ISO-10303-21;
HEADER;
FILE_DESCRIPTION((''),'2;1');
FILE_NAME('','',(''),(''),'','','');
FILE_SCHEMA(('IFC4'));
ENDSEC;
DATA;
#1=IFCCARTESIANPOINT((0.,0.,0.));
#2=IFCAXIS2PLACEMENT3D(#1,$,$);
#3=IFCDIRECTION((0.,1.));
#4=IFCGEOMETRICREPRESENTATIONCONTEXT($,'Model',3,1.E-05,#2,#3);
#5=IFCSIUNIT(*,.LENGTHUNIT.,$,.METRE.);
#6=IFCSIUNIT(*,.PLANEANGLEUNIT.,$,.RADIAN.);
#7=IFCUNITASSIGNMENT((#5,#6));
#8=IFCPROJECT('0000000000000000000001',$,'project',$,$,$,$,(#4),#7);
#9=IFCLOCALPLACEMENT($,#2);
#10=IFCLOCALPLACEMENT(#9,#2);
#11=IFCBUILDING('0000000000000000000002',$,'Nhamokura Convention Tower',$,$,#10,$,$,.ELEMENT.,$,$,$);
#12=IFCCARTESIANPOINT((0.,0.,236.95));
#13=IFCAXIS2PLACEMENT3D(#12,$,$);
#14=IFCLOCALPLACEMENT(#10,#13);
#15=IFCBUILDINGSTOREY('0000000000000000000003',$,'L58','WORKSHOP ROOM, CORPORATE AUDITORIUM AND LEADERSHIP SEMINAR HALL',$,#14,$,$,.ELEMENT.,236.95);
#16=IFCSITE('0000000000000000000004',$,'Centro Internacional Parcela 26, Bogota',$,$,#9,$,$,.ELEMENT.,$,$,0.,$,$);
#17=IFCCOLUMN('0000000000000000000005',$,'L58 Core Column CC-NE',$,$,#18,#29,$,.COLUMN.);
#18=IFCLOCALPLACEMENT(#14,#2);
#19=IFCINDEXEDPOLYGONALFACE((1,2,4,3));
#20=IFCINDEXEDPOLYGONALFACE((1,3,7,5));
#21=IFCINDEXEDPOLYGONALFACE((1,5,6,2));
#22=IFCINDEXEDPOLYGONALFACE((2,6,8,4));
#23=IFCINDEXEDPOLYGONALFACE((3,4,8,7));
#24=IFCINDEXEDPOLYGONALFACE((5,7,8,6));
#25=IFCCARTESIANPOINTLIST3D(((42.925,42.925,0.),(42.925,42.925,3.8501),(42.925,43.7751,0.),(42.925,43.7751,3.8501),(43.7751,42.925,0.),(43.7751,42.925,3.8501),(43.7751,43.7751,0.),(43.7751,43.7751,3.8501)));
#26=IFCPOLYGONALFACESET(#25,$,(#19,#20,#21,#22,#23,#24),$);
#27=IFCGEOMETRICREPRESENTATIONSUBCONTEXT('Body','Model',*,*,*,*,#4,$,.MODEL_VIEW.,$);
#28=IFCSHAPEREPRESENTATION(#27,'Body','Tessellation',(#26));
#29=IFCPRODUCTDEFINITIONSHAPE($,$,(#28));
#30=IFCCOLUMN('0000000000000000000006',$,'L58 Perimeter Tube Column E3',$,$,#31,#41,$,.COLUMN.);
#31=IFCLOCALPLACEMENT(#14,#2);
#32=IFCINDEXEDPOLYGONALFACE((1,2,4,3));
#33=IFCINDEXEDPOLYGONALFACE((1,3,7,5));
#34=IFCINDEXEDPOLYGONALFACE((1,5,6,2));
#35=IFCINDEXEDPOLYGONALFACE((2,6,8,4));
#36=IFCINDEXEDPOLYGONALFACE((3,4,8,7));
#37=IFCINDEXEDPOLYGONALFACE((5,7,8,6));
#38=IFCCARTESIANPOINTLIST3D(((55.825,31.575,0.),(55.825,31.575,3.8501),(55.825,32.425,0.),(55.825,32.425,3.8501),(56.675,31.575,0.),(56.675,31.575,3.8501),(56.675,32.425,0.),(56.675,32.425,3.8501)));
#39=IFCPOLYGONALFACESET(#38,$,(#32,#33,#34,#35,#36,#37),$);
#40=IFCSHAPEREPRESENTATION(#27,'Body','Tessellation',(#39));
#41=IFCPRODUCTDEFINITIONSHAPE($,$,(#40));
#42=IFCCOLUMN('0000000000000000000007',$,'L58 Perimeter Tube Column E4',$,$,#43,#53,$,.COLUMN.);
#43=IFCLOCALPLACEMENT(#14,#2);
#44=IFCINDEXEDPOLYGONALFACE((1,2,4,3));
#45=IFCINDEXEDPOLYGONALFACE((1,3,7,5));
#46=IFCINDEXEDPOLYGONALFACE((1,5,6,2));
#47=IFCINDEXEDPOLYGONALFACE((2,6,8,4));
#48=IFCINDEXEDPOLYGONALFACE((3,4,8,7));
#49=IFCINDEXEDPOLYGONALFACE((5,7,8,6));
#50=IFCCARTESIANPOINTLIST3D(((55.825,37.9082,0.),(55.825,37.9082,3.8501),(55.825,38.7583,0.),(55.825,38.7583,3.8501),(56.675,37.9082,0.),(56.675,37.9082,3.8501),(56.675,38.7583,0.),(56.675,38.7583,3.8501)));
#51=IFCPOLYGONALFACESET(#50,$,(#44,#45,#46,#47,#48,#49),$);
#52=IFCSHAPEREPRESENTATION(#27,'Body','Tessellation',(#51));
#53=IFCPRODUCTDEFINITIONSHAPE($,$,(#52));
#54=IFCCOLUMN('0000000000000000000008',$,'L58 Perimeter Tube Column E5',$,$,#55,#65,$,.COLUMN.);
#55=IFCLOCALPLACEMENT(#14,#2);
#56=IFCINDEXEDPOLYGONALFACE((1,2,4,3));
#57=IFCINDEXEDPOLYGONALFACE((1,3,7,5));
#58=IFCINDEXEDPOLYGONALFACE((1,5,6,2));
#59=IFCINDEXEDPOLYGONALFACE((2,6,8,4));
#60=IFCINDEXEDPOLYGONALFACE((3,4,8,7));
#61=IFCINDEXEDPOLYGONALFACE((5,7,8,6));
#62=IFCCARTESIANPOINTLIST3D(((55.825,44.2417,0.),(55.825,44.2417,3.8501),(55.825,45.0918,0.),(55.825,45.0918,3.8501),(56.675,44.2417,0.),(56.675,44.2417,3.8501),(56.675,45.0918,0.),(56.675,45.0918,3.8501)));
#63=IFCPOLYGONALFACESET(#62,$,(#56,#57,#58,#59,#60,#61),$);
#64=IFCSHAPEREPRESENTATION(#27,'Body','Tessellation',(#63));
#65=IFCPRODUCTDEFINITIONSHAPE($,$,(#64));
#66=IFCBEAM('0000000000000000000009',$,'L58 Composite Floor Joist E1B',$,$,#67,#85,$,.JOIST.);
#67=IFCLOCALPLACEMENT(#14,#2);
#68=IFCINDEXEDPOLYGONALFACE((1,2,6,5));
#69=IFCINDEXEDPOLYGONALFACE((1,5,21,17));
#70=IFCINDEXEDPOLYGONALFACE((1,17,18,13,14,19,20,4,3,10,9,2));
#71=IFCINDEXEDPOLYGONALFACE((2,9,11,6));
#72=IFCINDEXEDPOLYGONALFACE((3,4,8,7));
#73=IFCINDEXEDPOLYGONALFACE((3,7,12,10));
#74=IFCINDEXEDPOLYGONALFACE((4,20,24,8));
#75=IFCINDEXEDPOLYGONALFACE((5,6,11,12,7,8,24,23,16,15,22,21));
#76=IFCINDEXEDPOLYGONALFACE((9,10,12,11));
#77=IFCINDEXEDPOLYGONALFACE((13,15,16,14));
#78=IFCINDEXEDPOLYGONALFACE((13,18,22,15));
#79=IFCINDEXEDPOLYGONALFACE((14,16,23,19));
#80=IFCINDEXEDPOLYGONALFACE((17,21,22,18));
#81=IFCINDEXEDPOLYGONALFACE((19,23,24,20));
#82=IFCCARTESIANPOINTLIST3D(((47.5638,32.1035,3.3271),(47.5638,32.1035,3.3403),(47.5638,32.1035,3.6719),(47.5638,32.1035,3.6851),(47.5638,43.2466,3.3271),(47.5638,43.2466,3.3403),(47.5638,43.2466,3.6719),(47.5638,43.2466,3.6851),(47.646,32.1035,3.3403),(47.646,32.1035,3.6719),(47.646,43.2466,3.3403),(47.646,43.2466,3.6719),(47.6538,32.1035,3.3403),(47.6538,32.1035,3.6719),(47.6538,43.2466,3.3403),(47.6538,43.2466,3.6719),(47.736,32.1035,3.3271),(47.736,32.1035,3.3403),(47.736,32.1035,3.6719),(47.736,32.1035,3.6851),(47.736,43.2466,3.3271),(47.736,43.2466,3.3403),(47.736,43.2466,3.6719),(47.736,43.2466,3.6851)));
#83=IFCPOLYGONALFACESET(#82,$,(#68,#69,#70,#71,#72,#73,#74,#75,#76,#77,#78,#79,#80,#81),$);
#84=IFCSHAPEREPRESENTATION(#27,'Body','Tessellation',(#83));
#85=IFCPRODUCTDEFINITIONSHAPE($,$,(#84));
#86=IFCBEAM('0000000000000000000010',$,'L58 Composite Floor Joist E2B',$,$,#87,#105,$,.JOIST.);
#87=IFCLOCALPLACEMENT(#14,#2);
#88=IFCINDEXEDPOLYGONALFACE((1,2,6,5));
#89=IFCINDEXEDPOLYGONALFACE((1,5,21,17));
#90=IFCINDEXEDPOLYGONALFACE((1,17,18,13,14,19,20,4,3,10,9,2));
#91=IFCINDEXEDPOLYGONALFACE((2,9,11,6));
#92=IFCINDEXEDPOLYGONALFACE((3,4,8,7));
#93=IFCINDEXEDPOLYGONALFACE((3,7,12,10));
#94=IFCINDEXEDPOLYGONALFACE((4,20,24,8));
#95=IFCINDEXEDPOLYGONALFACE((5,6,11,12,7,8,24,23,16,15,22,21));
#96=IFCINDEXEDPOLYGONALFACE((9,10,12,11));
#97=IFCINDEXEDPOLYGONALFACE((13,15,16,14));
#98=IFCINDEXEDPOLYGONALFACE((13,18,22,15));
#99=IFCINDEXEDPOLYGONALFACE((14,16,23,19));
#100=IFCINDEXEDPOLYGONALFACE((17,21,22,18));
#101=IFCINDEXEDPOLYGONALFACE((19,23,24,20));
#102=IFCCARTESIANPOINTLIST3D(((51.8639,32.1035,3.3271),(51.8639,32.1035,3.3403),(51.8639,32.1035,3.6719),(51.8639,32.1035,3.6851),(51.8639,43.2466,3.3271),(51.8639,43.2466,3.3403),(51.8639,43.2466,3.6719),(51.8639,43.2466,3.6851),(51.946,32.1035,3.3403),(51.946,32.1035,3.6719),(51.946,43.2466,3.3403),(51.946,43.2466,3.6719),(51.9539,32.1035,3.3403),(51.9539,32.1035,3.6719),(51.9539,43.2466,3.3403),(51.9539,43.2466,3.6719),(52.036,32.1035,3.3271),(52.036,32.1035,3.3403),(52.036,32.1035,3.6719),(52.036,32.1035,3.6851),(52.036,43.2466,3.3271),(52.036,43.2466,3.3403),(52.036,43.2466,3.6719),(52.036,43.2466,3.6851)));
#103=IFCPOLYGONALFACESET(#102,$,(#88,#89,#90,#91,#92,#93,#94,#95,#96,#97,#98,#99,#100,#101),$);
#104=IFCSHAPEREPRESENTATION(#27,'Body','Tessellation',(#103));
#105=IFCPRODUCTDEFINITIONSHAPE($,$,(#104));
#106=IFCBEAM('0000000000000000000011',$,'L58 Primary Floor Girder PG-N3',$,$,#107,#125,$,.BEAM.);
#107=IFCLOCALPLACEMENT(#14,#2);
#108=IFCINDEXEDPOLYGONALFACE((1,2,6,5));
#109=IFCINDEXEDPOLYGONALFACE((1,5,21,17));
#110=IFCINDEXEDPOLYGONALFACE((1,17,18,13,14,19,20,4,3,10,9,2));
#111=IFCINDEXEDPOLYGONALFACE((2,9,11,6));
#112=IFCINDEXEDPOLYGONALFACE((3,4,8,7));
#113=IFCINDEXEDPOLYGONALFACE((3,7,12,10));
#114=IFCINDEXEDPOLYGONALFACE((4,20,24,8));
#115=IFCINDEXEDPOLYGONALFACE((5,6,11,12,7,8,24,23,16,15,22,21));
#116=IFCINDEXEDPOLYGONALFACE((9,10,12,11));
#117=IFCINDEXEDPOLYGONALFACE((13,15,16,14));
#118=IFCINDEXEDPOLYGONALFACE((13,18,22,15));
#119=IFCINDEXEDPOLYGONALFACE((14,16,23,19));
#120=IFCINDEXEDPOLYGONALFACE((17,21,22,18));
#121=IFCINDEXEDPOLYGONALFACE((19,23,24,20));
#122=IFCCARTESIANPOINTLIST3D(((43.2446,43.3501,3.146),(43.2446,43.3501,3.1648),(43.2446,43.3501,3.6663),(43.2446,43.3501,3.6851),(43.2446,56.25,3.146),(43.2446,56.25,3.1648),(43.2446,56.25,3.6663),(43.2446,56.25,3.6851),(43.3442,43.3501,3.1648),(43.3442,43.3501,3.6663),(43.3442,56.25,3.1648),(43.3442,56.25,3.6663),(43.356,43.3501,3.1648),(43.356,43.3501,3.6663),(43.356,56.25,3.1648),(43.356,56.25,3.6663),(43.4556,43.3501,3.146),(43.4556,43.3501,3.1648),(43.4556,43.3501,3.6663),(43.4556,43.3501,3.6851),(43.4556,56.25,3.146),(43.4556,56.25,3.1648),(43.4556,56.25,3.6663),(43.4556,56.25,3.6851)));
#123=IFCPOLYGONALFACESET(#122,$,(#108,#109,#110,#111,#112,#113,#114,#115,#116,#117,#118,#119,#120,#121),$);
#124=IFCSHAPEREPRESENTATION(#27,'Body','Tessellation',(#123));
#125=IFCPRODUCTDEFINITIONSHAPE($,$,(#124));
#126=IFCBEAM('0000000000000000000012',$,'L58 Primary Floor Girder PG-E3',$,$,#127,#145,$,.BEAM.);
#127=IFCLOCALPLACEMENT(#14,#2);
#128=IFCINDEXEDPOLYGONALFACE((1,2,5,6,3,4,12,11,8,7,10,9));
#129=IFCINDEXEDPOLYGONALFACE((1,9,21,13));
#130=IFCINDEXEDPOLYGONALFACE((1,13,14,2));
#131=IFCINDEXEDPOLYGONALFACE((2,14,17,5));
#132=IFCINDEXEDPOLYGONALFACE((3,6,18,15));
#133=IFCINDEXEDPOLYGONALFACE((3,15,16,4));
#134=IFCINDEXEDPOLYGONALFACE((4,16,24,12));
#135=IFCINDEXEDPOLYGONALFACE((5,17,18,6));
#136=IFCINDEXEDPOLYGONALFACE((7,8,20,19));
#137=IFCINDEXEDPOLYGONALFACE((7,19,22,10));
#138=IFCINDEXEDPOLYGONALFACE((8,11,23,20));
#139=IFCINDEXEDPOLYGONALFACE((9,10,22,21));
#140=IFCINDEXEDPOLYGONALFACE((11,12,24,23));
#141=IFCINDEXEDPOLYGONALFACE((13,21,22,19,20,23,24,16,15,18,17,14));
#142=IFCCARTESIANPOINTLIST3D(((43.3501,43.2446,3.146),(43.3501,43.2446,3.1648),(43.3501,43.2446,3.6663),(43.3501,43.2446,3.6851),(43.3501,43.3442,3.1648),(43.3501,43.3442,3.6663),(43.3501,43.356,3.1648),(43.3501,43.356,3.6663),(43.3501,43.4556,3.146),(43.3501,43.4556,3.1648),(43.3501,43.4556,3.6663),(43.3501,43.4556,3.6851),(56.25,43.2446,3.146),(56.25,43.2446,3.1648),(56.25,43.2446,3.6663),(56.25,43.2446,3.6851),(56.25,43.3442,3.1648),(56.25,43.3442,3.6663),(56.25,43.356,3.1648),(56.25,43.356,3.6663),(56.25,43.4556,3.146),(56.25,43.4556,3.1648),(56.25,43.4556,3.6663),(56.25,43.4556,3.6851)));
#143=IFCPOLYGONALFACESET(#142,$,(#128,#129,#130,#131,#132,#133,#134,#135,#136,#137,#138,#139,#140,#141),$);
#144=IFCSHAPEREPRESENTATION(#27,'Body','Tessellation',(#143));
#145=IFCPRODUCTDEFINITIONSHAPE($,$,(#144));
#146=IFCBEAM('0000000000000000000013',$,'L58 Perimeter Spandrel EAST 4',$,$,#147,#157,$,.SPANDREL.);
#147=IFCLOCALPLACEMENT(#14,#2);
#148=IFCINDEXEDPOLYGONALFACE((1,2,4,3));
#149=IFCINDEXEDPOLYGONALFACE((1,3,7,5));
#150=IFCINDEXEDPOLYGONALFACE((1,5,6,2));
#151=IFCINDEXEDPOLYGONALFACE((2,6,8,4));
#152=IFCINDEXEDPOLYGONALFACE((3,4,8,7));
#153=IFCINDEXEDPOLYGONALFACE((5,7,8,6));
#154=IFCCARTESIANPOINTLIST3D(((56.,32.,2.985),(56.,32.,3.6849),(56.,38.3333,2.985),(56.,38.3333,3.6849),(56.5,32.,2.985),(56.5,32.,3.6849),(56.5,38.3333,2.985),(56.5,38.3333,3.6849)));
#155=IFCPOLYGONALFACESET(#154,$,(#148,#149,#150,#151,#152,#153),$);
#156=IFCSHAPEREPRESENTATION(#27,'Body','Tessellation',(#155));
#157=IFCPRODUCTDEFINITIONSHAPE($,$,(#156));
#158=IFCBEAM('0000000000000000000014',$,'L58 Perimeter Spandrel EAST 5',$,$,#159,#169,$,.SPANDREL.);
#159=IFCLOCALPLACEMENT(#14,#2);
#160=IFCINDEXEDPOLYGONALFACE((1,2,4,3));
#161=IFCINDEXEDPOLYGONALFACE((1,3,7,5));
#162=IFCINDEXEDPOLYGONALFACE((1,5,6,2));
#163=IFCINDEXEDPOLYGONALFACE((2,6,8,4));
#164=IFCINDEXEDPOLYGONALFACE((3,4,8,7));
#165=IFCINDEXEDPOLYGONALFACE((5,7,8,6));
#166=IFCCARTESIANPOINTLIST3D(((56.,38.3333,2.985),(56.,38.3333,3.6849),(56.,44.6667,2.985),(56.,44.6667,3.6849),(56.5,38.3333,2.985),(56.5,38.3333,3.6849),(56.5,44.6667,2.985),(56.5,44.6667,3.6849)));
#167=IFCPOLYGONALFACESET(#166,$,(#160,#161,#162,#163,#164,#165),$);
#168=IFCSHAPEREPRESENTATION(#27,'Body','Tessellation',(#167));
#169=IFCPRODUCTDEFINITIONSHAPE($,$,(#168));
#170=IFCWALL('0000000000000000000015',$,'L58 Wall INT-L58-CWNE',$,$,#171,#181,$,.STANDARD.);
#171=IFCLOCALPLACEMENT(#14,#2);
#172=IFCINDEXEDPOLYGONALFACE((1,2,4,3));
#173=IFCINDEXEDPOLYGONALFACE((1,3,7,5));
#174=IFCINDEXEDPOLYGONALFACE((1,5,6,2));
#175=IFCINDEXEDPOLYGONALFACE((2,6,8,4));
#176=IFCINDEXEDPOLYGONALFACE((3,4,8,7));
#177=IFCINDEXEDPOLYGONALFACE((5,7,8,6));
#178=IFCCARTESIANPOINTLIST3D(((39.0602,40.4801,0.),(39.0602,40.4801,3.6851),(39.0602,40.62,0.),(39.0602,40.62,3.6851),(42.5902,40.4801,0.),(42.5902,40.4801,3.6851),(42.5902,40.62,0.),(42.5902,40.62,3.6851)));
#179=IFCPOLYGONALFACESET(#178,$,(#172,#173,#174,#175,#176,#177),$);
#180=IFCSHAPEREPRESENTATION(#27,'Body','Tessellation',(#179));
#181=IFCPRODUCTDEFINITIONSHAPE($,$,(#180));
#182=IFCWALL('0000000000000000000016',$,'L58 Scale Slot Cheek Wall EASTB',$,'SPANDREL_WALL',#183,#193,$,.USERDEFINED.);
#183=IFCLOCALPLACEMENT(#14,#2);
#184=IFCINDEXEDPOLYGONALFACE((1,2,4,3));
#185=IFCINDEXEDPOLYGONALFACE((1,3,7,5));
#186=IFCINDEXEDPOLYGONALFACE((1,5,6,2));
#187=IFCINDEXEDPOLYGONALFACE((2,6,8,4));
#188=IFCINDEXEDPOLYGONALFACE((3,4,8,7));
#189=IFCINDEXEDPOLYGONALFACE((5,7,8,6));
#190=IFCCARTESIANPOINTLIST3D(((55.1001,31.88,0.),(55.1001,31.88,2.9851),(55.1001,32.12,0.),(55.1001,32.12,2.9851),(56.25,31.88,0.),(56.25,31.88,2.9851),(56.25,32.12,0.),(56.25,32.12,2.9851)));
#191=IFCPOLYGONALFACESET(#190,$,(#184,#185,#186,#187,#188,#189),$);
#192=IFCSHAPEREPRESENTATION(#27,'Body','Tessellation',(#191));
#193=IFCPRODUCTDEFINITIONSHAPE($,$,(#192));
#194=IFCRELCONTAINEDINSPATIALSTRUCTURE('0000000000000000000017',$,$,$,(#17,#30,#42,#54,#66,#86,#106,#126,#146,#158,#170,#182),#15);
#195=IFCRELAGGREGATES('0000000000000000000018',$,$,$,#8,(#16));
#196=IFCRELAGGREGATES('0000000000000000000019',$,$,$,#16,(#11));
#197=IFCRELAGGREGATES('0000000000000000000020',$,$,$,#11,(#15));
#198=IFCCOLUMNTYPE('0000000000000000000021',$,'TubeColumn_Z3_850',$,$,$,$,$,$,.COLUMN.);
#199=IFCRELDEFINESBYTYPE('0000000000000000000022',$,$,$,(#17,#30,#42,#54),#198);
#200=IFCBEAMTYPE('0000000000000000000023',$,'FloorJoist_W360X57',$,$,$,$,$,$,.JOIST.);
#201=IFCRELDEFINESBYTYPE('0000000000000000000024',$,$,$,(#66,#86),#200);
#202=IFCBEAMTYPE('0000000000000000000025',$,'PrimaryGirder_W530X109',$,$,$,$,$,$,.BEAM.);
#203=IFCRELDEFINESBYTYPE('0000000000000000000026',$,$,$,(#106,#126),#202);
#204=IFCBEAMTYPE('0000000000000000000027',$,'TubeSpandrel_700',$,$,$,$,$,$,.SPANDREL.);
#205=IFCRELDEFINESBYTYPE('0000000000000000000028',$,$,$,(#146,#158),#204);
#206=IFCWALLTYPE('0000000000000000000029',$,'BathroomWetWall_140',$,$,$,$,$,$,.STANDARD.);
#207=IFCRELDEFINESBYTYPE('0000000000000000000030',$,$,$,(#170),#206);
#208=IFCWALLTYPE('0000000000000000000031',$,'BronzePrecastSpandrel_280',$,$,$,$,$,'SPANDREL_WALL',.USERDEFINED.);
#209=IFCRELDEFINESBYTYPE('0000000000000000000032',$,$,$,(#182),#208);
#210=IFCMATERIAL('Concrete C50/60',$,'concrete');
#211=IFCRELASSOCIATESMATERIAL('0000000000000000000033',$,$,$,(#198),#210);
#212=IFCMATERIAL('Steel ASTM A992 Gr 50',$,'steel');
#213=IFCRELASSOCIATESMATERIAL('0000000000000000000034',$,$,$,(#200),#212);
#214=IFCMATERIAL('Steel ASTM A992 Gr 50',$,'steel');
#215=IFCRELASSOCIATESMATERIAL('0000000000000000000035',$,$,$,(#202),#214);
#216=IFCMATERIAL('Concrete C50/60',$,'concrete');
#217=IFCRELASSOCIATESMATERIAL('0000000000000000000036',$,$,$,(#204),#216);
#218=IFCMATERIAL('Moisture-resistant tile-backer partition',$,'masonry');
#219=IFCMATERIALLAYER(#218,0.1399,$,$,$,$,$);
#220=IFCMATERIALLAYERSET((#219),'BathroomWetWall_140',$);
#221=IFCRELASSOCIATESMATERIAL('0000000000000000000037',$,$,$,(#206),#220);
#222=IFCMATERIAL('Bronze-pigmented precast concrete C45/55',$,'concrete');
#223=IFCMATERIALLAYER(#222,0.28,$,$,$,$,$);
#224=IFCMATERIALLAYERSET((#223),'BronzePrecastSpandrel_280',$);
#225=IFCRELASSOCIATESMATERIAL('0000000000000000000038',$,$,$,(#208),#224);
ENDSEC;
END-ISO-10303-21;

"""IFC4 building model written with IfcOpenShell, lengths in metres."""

from ifc_helpers import new_model, si_unit, direction, frame, frame_2d, origin, origin_2d, place, context, subcontext, project, spatial, rectangle, i_section, extrude, material, layer, layer_set, material_profile, profile_set, type_object, element, save


model = new_model("IFC4")

# Units and contexts
model_context = context("Model", 3, precision=1e-05, world=origin(), true_north=direction((0.0, 1.0)))
body_context = subcontext(model_context, "Body", "Model", "MODEL_VIEW")
ifc_project = project(units=[si_unit("LENGTHUNIT", "METRE"), si_unit("PLANEANGLEUNIT", "RADIAN")], contexts=[model_context])

# Site, building, storey
site_placement = place(None, origin())
site = spatial("IfcSite", under=ifc_project, at=site_placement, Name="Centro Internacional Parcela 26, Bogota", CompositionType="ELEMENT", RefElevation=0.0)
building_placement = place(site_placement, origin())
building = spatial("IfcBuilding", under=site, at=building_placement, Name="Nhamokura Convention Tower", CompositionType="ELEMENT")
storey_placement = place(building_placement, frame((0.0, 0.0, 236.95)))
storey = spatial("IfcBuildingStorey", under=building, at=storey_placement, Name="L58", Description="WORKSHOP ROOM, CORPORATE AUDITORIUM AND LEADERSHIP SEMINAR HALL", CompositionType="ELEMENT", Elevation=236.95)

# Columns
ifc_material_1 = material(Name="Concrete C50/60", Category="concrete")
ifc_material_profile_1 = material_profile(ifc_material_1, rectangle(XDim=0.8501, YDim=0.8501, at=origin_2d()))
ifc_profile_set_1 = profile_set([ifc_material_profile_1], Name="Concrete C50/60")
column_type = type_object("IfcColumnType", Name="TubeColumn_Z3_850", PredefinedType="COLUMN", material=ifc_profile_set_1)
for number, where, z_axis, x_axis, name in (
    (1, (43.3501, 43.3501, 0.0), (0.0, 0.0, 1.0), (1.0, 0.0, 0.0), "L58 Core Column CC-NE"),
    (2, (56.25, 32.0, 0.0), (0.0, 0.0, 1.0), (1.0, 0.0, 0.0), "L58 Perimeter Tube Column E3"),
    (3, (56.25, 38.3333, 0.0), (0.0, 0.0, 1.0), (1.0, 0.0, 0.0), "L58 Perimeter Tube Column E4"),
    (4, (56.25, 44.6667, 0.0), (0.0, 0.0, 1.0), (1.0, 0.0, 0.0), "L58 Perimeter Tube Column E5"),
):
    element("IfcColumn", number, at=place(storey_placement, frame(where, z_axis=z_axis, x_axis=x_axis)), inside=storey, type_object=column_type, Name=name, PredefinedType="COLUMN", context=body_context, shape_type="SweptSolid", body=[
        extrude(rectangle(XDim=0.8501, YDim=0.8501, at=origin_2d()), origin(), (0.0, 0.0, 1.0), 3.8501),
    ])

# Beams
ifc_material_2 = material(Name="Steel ASTM A992 Gr 50", Category="steel")
ifc_material_profile_2 = material_profile(ifc_material_2, i_section(OverallWidth=0.1721, OverallDepth=0.3579, WebThickness=0.0078, FlangeThickness=0.0132, at=origin_2d()))
ifc_profile_set_2 = profile_set([ifc_material_profile_2], Name="Steel ASTM A992 Gr 50")
beam_type_1 = type_object("IfcBeamType", Name="FloorJoist_W360X57", PredefinedType="JOIST", material=ifc_profile_set_2)
for number, where, z_axis, x_axis, name in (
    (5, (47.6499, 32.1035, 3.5061), (0.0, 1.0, 0.0), (-1.0, 0.0, 0.0), "L58 Composite Floor Joist E1B"),
    (6, (51.95, 32.1035, 3.5061), (0.0, 1.0, 0.0), (-1.0, 0.0, 0.0), "L58 Composite Floor Joist E2B"),
):
    element("IfcBeam", number, at=place(storey_placement, frame(where, z_axis=z_axis, x_axis=x_axis)), inside=storey, type_object=beam_type_1, Name=name, PredefinedType="JOIST", context=body_context, shape_type="SweptSolid", body=[
        extrude(i_section(OverallWidth=0.1721, OverallDepth=0.3579, WebThickness=0.0078, FlangeThickness=0.0132, at=origin_2d()), origin(), (0.0, 0.0, 1.0), 11.1431),
    ])
ifc_material_3 = material(Name="Steel ASTM A992 Gr 50", Category="steel")
ifc_material_profile_3 = material_profile(ifc_material_3, i_section(OverallWidth=0.2109, OverallDepth=0.5391, WebThickness=0.0117, FlangeThickness=0.0188, at=origin_2d()))
ifc_profile_set_3 = profile_set([ifc_material_profile_3], Name="Steel ASTM A992 Gr 50")
beam_type_2 = type_object("IfcBeamType", Name="PrimaryGirder_W530X109", PredefinedType="BEAM", material=ifc_profile_set_3)
for number, where, z_axis, x_axis, name in (
    (7, (43.3501, 43.3501, 3.4155), (0.0, 1.0, 0.0), (-1.0, 0.0, 0.0), "L58 Primary Floor Girder PG-N3"),
    (8, (43.3501, 43.3501, 3.4155), (1.0, 0.0, 0.0), (0.0, 1.0, 0.0), "L58 Primary Floor Girder PG-E3"),
):
    element("IfcBeam", number, at=place(storey_placement, frame(where, z_axis=z_axis, x_axis=x_axis)), inside=storey, type_object=beam_type_2, Name=name, PredefinedType="BEAM", context=body_context, shape_type="SweptSolid", body=[
        extrude(i_section(OverallWidth=0.2109, OverallDepth=0.5391, WebThickness=0.0117, FlangeThickness=0.0188, at=origin_2d()), origin(), (0.0, 0.0, 1.0), 12.8999),
    ])
ifc_material_4 = material(Name="Concrete C50/60", Category="concrete")
ifc_material_profile_4 = material_profile(ifc_material_4, rectangle(XDim=0.5, YDim=0.7, at=origin_2d()))
ifc_profile_set_4 = profile_set([ifc_material_profile_4], Name="Concrete C50/60")
beam_type_3 = type_object("IfcBeamType", Name="TubeSpandrel_700", PredefinedType="SPANDREL", material=ifc_profile_set_4)
beam_1_placement = place(storey_placement, frame((56.25, 32.0, 3.335), z_axis=(0.0, 1.0, 0.0), x_axis=(-1.0, 0.0, 0.0)))
element("IfcBeam", 9, at=beam_1_placement, inside=storey, type_object=beam_type_3, Name="L58 Perimeter Spandrel EAST 4", PredefinedType="SPANDREL", context=body_context, shape_type="SweptSolid", body=[
    extrude(rectangle(XDim=0.5, YDim=0.7, at=origin_2d()), origin(), (0.0, 0.0, 1.0), 6.3333),
])
beam_2_placement = place(storey_placement, frame((56.25, 38.3333, 3.335), z_axis=(0.0, 1.0, 0.0), x_axis=(-1.0, 0.0, 0.0)))
element("IfcBeam", 10, at=beam_2_placement, inside=storey, type_object=beam_type_3, Name="L58 Perimeter Spandrel EAST 5", PredefinedType="SPANDREL", context=body_context, shape_type="SweptSolid", body=[
    extrude(rectangle(XDim=0.5, YDim=0.7, at=origin_2d()), origin(), (0.0, 0.0, 1.0), 6.3335),
])

# Walls
ifc_material_5 = material(Name="Moisture-resistant tile-backer partition", Category="masonry")
ifc_layer_1 = layer(ifc_material_5, 0.1399)
ifc_layer_set_1 = layer_set([ifc_layer_1], Name="BathroomWetWall_140")
wall_type_1 = type_object("IfcWallType", Name="BathroomWetWall_140", PredefinedType="STANDARD", material=ifc_layer_set_1)
wall_1_placement = place(storey_placement, frame((39.0601, 40.55, 0.0), z_axis=(0.0, 0.0, 1.0), x_axis=(1.0, 0.0, 0.0)))
element("IfcWall", 11, at=wall_1_placement, inside=storey, type_object=wall_type_1, Name="L58 Wall INT-L58-CWNE", PredefinedType="STANDARD", context=body_context, shape_type="SweptSolid", body=[
    extrude(rectangle(XDim=3.53, YDim=0.1399, at=frame_2d((1.7651, 0.0))), origin(), (0.0, 0.0, 1.0), 3.6851),
])
ifc_material_6 = material(Name="Bronze-pigmented precast concrete C45/55", Category="concrete")
ifc_layer_2 = layer(ifc_material_6, 0.28)
ifc_layer_set_2 = layer_set([ifc_layer_2], Name="BronzePrecastSpandrel_280")
wall_type_2 = type_object("IfcWallType", Name="BronzePrecastSpandrel_280", ElementType="SPANDREL_WALL", PredefinedType="USERDEFINED", material=ifc_layer_set_2)
wall_2_placement = place(storey_placement, frame((56.25, 32.0, 0.0), z_axis=(0.0, 0.0, 1.0), x_axis=(-1.0, 0.0, 0.0)))
element("IfcWall", 12, at=wall_2_placement, inside=storey, type_object=wall_type_2, Name="L58 Scale Slot Cheek Wall EASTB", ObjectType="SPANDREL_WALL", PredefinedType="USERDEFINED", context=body_context, shape_type="SweptSolid", body=[
    extrude(rectangle(XDim=1.1499, YDim=0.24, at=frame_2d((0.575, 0.0))), origin(), (0.0, 0.0, 1.0), 2.9851),
])

save(model, "model.ifc")
